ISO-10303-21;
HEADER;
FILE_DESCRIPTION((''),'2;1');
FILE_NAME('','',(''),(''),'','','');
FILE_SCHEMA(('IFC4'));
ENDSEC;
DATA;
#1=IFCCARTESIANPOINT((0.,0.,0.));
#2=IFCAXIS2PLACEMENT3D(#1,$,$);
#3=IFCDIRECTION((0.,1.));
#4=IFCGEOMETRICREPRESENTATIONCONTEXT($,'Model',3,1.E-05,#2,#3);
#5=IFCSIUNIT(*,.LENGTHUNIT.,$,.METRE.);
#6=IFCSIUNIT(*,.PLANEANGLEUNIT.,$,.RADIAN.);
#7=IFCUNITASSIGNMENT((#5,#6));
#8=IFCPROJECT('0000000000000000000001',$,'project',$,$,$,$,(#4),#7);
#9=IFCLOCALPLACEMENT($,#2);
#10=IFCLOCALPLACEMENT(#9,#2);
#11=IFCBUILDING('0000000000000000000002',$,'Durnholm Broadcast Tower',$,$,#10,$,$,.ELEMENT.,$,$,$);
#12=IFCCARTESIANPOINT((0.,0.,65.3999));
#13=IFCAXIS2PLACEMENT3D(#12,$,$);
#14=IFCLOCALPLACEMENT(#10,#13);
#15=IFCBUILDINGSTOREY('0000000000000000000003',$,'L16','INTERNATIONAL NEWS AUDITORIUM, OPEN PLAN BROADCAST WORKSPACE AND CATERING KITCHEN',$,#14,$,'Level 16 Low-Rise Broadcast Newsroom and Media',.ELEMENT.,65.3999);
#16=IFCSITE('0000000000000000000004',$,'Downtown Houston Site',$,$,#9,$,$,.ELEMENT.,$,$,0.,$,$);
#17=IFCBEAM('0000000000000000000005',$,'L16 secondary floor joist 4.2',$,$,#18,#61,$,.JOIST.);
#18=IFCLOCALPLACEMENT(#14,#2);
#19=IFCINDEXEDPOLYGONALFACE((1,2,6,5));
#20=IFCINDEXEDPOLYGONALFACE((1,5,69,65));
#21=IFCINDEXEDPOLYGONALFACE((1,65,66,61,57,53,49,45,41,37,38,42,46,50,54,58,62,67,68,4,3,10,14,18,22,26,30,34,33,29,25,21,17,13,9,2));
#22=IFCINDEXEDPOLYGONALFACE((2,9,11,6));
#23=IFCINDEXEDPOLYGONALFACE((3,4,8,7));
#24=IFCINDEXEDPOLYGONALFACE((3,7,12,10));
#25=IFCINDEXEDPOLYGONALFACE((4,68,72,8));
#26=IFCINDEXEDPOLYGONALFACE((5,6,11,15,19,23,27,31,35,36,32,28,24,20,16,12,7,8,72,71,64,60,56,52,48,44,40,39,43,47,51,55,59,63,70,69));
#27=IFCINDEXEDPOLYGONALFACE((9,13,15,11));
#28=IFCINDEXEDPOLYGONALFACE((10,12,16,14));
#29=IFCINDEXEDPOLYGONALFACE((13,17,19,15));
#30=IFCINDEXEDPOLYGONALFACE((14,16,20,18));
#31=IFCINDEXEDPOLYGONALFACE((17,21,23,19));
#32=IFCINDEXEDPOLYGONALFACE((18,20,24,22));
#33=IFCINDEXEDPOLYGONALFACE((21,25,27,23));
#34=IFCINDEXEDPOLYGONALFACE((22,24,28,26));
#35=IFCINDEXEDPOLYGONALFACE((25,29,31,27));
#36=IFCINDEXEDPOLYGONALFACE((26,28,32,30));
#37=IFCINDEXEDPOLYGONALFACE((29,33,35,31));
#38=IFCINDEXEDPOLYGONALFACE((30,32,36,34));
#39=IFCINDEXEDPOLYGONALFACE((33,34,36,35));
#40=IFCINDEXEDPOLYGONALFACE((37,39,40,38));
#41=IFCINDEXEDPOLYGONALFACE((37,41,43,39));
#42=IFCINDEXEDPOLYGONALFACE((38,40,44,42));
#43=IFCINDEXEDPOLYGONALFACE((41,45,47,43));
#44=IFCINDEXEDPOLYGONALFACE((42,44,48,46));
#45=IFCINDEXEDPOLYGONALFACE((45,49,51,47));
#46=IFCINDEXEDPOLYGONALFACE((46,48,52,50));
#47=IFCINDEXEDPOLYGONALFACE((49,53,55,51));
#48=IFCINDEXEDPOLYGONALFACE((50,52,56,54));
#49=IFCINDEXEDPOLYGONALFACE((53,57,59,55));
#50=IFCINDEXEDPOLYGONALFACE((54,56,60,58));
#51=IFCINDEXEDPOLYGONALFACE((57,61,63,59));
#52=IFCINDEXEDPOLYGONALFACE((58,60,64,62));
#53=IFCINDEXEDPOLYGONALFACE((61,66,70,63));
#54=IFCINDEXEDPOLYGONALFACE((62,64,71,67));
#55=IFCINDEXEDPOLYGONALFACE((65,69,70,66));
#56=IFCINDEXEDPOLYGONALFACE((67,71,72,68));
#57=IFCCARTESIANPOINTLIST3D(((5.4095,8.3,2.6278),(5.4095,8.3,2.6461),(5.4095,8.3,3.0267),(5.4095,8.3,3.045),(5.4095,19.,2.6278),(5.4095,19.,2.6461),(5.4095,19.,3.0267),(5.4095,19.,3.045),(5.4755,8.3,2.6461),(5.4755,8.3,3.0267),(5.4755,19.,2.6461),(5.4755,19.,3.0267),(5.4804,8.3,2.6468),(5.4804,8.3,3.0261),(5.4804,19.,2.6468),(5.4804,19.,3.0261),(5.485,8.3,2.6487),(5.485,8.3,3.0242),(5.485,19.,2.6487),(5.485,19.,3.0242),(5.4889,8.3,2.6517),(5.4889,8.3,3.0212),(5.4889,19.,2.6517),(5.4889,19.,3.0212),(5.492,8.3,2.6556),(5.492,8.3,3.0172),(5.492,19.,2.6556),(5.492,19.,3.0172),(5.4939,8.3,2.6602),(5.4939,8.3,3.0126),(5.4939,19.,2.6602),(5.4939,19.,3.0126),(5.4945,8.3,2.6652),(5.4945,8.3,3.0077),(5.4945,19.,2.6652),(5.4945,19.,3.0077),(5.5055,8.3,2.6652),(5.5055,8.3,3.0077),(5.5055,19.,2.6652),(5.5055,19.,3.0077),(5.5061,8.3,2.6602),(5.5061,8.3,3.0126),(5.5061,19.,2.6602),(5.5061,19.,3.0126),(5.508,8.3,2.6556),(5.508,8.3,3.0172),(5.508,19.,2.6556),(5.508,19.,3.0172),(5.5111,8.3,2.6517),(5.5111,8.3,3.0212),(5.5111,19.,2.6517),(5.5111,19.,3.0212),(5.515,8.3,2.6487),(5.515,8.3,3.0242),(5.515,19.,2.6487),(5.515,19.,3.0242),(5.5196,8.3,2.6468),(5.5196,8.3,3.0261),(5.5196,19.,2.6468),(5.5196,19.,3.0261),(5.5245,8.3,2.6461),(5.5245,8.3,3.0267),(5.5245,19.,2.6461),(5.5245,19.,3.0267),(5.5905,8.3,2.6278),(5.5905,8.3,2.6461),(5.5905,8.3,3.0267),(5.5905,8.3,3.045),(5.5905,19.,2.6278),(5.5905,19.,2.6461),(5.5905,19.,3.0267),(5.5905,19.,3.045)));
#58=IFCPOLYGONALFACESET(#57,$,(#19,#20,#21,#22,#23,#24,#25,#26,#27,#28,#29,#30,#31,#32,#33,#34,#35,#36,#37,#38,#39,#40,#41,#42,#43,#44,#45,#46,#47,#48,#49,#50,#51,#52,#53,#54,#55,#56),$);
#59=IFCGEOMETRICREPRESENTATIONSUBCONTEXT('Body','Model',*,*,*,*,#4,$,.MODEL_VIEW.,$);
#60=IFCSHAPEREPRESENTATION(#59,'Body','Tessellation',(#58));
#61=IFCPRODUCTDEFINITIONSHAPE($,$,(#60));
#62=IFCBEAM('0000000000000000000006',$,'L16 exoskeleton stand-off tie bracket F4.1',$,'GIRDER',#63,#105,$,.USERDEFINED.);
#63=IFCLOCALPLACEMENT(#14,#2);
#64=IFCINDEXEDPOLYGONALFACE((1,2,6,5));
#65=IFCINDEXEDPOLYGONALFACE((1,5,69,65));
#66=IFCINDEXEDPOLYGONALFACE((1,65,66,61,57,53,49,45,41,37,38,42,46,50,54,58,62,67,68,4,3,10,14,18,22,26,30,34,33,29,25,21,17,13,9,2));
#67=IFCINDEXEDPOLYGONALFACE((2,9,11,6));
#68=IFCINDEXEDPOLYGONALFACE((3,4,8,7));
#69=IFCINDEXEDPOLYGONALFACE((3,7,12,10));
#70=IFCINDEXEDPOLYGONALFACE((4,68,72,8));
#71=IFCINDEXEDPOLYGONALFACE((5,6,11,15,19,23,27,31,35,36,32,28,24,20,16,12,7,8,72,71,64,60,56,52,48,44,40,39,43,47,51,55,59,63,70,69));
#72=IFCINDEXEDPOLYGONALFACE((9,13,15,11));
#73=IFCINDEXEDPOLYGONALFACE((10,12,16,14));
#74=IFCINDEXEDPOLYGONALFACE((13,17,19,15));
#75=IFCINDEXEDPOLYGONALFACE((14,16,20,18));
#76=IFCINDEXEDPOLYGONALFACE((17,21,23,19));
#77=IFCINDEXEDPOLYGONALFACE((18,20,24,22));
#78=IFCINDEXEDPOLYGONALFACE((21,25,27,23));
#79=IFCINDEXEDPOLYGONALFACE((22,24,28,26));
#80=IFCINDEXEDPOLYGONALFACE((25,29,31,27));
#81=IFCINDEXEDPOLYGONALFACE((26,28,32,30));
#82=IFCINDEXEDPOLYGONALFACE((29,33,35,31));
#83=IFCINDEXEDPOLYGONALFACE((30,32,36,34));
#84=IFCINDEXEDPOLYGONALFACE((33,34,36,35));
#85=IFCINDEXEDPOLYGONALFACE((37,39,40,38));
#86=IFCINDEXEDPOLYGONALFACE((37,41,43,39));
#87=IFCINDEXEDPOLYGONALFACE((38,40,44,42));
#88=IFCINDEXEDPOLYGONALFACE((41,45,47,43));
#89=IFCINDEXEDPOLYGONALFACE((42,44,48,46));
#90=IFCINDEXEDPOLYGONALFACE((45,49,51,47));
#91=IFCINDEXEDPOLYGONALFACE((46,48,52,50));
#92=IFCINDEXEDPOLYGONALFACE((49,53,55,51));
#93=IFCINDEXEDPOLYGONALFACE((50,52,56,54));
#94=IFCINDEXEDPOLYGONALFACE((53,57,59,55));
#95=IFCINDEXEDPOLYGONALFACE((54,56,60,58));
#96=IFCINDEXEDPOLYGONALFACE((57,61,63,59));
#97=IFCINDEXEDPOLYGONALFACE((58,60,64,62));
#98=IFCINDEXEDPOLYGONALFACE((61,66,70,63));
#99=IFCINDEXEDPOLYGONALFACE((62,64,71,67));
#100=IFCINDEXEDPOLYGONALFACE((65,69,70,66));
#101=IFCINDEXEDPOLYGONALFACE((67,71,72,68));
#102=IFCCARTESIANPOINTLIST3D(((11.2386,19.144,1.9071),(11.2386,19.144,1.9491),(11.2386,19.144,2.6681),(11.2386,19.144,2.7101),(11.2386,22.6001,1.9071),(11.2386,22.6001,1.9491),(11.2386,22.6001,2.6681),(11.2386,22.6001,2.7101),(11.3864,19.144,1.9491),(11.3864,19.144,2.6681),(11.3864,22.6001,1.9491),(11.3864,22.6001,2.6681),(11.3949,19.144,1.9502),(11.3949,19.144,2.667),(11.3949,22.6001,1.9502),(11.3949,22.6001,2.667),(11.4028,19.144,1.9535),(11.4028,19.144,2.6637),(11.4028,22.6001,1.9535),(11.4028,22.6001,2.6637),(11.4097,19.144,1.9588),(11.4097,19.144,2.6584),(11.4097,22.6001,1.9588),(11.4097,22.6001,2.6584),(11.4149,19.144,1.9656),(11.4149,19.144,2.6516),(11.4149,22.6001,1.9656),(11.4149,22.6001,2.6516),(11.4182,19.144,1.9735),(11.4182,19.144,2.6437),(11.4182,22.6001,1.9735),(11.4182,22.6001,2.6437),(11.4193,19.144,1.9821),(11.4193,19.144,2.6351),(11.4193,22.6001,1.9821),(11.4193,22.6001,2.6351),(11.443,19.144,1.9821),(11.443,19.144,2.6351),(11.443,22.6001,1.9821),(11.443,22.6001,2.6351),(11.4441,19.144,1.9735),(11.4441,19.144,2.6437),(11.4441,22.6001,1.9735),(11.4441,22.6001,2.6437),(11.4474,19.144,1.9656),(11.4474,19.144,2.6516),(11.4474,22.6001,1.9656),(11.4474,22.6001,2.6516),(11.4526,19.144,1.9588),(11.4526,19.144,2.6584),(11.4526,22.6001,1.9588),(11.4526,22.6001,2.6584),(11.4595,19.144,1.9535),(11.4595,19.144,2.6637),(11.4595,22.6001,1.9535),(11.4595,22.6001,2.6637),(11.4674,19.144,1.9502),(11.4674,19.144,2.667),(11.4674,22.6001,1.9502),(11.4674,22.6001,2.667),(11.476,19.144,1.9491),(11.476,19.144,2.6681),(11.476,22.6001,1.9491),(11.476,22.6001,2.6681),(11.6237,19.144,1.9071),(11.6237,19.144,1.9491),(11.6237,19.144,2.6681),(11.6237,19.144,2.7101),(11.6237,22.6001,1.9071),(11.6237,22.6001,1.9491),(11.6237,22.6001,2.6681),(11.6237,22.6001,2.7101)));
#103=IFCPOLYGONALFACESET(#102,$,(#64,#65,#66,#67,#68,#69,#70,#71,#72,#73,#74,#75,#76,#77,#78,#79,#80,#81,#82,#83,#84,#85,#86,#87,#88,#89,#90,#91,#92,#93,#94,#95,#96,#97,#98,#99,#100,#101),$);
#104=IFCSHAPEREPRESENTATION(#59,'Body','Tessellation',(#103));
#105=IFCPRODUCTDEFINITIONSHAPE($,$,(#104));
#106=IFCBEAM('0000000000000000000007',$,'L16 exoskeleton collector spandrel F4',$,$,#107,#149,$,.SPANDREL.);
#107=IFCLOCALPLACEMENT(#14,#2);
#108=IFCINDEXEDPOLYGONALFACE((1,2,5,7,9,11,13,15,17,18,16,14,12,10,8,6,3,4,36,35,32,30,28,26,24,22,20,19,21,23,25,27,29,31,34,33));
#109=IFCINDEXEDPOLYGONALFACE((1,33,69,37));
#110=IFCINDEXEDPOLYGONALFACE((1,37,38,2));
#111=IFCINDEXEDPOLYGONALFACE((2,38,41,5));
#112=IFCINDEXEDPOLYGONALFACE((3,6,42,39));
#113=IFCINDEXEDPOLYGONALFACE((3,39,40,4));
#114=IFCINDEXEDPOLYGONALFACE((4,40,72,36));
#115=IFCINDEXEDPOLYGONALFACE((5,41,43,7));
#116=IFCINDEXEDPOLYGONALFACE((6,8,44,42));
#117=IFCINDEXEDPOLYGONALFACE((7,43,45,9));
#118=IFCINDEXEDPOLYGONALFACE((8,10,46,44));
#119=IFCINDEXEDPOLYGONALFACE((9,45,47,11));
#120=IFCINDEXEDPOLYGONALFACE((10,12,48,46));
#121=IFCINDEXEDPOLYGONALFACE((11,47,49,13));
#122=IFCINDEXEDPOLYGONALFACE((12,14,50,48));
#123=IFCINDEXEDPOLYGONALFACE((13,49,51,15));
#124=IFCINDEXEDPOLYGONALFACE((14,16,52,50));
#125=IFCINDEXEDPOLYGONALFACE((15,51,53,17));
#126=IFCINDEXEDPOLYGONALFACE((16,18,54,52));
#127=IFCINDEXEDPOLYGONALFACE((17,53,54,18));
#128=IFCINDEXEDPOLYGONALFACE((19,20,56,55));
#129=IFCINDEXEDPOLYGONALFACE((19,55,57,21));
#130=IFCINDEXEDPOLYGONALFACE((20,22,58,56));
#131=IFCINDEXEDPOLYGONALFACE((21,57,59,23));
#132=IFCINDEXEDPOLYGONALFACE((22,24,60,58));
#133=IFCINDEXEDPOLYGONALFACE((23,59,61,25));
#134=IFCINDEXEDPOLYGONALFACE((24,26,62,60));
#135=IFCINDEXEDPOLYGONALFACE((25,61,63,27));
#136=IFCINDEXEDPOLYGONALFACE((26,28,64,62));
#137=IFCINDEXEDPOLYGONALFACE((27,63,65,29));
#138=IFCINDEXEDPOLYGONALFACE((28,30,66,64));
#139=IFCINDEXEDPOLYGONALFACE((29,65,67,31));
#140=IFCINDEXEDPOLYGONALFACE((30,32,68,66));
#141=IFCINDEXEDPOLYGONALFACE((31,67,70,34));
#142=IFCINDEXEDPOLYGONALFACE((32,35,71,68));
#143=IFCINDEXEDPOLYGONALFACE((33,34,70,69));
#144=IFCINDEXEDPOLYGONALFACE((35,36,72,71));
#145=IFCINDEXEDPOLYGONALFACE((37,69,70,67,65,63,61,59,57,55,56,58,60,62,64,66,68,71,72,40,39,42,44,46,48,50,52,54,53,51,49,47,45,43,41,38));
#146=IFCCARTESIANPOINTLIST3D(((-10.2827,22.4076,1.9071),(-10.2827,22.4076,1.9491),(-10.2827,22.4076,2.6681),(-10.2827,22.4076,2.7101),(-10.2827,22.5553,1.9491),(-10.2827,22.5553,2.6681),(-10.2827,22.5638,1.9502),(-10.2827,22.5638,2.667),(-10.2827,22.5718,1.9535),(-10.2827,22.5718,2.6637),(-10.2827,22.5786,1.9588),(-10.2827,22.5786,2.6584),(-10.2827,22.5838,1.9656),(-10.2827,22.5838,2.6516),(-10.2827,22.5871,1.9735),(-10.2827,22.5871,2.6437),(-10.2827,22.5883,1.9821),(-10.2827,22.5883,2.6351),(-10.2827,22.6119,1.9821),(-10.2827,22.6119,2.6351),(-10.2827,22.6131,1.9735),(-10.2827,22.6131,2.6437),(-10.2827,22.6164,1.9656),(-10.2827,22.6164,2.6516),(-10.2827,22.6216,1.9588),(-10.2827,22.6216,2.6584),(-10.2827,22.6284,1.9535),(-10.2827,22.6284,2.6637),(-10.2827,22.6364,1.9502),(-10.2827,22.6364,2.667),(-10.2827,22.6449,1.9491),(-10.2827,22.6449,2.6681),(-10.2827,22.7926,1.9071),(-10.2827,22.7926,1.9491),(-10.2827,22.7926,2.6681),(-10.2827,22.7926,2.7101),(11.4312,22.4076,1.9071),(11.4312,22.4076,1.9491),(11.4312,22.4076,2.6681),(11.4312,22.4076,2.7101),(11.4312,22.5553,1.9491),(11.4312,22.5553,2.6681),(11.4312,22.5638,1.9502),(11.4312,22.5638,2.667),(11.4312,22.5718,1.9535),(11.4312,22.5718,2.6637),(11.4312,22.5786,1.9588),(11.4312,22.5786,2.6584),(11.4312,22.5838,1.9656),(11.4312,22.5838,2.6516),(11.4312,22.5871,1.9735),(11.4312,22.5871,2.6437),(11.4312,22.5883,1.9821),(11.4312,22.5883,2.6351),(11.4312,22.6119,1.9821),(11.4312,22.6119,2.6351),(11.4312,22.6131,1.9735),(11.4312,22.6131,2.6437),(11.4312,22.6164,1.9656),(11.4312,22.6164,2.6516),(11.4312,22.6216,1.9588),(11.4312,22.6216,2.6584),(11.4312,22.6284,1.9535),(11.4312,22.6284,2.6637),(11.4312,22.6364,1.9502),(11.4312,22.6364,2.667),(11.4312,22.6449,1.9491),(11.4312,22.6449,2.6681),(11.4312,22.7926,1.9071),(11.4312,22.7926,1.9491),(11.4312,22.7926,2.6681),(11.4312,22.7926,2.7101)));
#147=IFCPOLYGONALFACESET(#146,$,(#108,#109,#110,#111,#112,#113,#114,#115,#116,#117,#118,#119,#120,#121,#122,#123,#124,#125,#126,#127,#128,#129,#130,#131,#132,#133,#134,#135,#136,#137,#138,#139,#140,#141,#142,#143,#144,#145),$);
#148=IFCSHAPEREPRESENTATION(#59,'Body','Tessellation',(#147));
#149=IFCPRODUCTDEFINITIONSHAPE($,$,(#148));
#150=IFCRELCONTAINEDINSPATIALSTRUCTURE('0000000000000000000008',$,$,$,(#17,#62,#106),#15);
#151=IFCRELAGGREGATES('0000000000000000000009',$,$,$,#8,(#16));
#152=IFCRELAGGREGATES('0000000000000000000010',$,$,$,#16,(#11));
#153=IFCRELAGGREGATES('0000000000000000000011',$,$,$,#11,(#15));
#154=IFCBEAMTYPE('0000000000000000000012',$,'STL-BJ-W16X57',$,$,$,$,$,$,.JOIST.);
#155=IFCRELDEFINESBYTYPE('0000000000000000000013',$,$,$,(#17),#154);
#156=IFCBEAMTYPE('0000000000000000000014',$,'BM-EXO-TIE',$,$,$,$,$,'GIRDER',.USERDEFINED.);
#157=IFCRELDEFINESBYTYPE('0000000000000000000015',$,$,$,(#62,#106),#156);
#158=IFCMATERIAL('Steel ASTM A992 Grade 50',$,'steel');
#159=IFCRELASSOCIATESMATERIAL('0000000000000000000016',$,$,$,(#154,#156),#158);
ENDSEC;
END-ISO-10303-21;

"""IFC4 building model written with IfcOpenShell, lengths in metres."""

from ifc_helpers import new_model, si_unit, direction, frame, origin, origin_2d, place, context, subcontext, project, spatial, i_section, extrude, source, transform, mapped, material, material_profile, profile_set, type_object, type_shapes, element, save


model = new_model("IFC4")

# Units and contexts
model_context = context("Model", 3, precision=1e-05, world=origin(), true_north=direction((0.0, 1.0)))
body_context = subcontext(model_context, "Body", "Model", "MODEL_VIEW")
ifc_project = project(units=[si_unit("LENGTHUNIT", "METRE"), si_unit("PLANEANGLEUNIT", "RADIAN")], contexts=[model_context])

# Site, building, storey
site_placement = place(None, origin())
site = spatial("IfcSite", under=ifc_project, at=site_placement, Name="Downtown Houston Site", CompositionType="ELEMENT", RefElevation=0.0)
building_placement = place(site_placement, origin())
building = spatial("IfcBuilding", under=site, at=building_placement, Name="Durnholm Broadcast Tower", CompositionType="ELEMENT")
storey_placement = place(building_placement, frame((0.0, 0.0, 65.3999)))
storey = spatial("IfcBuildingStorey", under=building, at=storey_placement, Name="L16", Description="INTERNATIONAL NEWS AUDITORIUM, OPEN PLAN BROADCAST WORKSPACE AND CATERING KITCHEN", LongName="Level 16 Low-Rise Broadcast Newsroom and Media", CompositionType="ELEMENT", Elevation=65.3999)

# Beams
ifc_material_1 = material(Name="Steel ASTM A992 Grade 50", Category="steel")
ifc_material_profile_1 = material_profile(ifc_material_1, i_section(OverallWidth=0.1809, OverallDepth=0.4172, WebThickness=0.011, FlangeThickness=0.0183, FilletRadius=0.019, at=origin_2d()), Name="W16X57")
ifc_profile_set_1 = profile_set([ifc_material_profile_1], Name="Steel ASTM A992 Grade 50")
beam_type_1 = type_object("IfcBeamType", Name="STL-BJ-W16X57", PredefinedType="JOIST", material=ifc_profile_set_1)
shared_shape_1 = source(origin(), body_context, "Body", "SweptSolid", [
    extrude(i_section(OverallWidth=0.1809, OverallDepth=0.4172, WebThickness=0.011, FlangeThickness=0.0183, FilletRadius=0.019, at=origin_2d()), origin(), (0.0, 0.0, 1.0), 10.7),
])
type_shapes(beam_type_1, [shared_shape_1])
beam_1_placement = place(storey_placement, frame((5.5, 8.3, 2.8364), z_axis=(0.0, 1.0, 0.0), x_axis=(-1.0, 0.0, 0.0)))
element("IfcBeam", 1, at=beam_1_placement, inside=storey, type_object=beam_type_1, Name="L16 secondary floor joist 4.2", PredefinedType="JOIST", context=body_context, shape_type="MappedRepresentation", body=[
    mapped(shared_shape_1, transform((0.0, 0.0, 0.0), x_axis=(1.0, 0.0, 0.0), y_axis=(0.0, 1.0, 0.0), z_axis=(0.0, 0.0, 1.0), scale=1.0)),
])
ifc_material_profile_2 = material_profile(ifc_material_1, i_section(OverallWidth=0.385, OverallDepth=0.803, WebThickness=0.0237, FlangeThickness=0.042, FilletRadius=0.033, at=origin_2d()), Name="W30X261")
ifc_profile_set_2 = profile_set([ifc_material_profile_2], Name="Steel ASTM A992 Grade 50")
beam_type_2 = type_object("IfcBeamType", Name="BM-EXO-TIE", ElementType="GIRDER", PredefinedType="USERDEFINED", material=ifc_profile_set_2)
shared_shape_2 = source(origin(), body_context, "Body", "SweptSolid", [
    extrude(i_section(OverallWidth=0.385, OverallDepth=0.803, WebThickness=0.0237, FlangeThickness=0.042, FilletRadius=0.033, at=origin_2d()), origin(), (0.0, 0.0, 1.0), 3.4561),
])
beam_2_placement = place(storey_placement, frame((11.4312, 19.144, 2.3086), z_axis=(0.0, 1.0, 0.0), x_axis=(-1.0, 0.0, 0.0)))
element("IfcBeam", 2, at=beam_2_placement, inside=storey, type_object=beam_type_2, Name="L16 exoskeleton stand-off tie bracket F4.1", ObjectType="GIRDER", PredefinedType="USERDEFINED", context=body_context, shape_type="MappedRepresentation", body=[
    mapped(shared_shape_2, transform((0.0, 0.0, 0.0), x_axis=(1.0, 0.0, 0.0), y_axis=(0.0, 1.0, 0.0), z_axis=(0.0, 0.0, 1.0), scale=1.0)),
])
shared_shape_3 = source(origin(), body_context, "Body", "SweptSolid", [
    extrude(i_section(OverallWidth=0.385, OverallDepth=0.803, WebThickness=0.0237, FlangeThickness=0.042, FilletRadius=0.033, at=origin_2d()), origin(), (0.0, 0.0, 1.0), 21.7139),
])
type_shapes(beam_type_2, [shared_shape_2, shared_shape_3])
beam_3_placement = place(storey_placement, frame((11.4312, 22.6001, 2.3086), z_axis=(-1.0, 0.0, 0.0), x_axis=(0.0, -1.0, 0.0)))
element("IfcBeam", 3, at=beam_3_placement, inside=storey, type_object=beam_type_2, Name="L16 exoskeleton collector spandrel F4", PredefinedType="SPANDREL", context=body_context, shape_type="MappedRepresentation", body=[
    mapped(shared_shape_3, transform((0.0, 0.0, 0.0), x_axis=(1.0, 0.0, 0.0), y_axis=(0.0, 1.0, 0.0), z_axis=(0.0, 0.0, 1.0), scale=1.0)),
])

save(model, "model.ifc")
